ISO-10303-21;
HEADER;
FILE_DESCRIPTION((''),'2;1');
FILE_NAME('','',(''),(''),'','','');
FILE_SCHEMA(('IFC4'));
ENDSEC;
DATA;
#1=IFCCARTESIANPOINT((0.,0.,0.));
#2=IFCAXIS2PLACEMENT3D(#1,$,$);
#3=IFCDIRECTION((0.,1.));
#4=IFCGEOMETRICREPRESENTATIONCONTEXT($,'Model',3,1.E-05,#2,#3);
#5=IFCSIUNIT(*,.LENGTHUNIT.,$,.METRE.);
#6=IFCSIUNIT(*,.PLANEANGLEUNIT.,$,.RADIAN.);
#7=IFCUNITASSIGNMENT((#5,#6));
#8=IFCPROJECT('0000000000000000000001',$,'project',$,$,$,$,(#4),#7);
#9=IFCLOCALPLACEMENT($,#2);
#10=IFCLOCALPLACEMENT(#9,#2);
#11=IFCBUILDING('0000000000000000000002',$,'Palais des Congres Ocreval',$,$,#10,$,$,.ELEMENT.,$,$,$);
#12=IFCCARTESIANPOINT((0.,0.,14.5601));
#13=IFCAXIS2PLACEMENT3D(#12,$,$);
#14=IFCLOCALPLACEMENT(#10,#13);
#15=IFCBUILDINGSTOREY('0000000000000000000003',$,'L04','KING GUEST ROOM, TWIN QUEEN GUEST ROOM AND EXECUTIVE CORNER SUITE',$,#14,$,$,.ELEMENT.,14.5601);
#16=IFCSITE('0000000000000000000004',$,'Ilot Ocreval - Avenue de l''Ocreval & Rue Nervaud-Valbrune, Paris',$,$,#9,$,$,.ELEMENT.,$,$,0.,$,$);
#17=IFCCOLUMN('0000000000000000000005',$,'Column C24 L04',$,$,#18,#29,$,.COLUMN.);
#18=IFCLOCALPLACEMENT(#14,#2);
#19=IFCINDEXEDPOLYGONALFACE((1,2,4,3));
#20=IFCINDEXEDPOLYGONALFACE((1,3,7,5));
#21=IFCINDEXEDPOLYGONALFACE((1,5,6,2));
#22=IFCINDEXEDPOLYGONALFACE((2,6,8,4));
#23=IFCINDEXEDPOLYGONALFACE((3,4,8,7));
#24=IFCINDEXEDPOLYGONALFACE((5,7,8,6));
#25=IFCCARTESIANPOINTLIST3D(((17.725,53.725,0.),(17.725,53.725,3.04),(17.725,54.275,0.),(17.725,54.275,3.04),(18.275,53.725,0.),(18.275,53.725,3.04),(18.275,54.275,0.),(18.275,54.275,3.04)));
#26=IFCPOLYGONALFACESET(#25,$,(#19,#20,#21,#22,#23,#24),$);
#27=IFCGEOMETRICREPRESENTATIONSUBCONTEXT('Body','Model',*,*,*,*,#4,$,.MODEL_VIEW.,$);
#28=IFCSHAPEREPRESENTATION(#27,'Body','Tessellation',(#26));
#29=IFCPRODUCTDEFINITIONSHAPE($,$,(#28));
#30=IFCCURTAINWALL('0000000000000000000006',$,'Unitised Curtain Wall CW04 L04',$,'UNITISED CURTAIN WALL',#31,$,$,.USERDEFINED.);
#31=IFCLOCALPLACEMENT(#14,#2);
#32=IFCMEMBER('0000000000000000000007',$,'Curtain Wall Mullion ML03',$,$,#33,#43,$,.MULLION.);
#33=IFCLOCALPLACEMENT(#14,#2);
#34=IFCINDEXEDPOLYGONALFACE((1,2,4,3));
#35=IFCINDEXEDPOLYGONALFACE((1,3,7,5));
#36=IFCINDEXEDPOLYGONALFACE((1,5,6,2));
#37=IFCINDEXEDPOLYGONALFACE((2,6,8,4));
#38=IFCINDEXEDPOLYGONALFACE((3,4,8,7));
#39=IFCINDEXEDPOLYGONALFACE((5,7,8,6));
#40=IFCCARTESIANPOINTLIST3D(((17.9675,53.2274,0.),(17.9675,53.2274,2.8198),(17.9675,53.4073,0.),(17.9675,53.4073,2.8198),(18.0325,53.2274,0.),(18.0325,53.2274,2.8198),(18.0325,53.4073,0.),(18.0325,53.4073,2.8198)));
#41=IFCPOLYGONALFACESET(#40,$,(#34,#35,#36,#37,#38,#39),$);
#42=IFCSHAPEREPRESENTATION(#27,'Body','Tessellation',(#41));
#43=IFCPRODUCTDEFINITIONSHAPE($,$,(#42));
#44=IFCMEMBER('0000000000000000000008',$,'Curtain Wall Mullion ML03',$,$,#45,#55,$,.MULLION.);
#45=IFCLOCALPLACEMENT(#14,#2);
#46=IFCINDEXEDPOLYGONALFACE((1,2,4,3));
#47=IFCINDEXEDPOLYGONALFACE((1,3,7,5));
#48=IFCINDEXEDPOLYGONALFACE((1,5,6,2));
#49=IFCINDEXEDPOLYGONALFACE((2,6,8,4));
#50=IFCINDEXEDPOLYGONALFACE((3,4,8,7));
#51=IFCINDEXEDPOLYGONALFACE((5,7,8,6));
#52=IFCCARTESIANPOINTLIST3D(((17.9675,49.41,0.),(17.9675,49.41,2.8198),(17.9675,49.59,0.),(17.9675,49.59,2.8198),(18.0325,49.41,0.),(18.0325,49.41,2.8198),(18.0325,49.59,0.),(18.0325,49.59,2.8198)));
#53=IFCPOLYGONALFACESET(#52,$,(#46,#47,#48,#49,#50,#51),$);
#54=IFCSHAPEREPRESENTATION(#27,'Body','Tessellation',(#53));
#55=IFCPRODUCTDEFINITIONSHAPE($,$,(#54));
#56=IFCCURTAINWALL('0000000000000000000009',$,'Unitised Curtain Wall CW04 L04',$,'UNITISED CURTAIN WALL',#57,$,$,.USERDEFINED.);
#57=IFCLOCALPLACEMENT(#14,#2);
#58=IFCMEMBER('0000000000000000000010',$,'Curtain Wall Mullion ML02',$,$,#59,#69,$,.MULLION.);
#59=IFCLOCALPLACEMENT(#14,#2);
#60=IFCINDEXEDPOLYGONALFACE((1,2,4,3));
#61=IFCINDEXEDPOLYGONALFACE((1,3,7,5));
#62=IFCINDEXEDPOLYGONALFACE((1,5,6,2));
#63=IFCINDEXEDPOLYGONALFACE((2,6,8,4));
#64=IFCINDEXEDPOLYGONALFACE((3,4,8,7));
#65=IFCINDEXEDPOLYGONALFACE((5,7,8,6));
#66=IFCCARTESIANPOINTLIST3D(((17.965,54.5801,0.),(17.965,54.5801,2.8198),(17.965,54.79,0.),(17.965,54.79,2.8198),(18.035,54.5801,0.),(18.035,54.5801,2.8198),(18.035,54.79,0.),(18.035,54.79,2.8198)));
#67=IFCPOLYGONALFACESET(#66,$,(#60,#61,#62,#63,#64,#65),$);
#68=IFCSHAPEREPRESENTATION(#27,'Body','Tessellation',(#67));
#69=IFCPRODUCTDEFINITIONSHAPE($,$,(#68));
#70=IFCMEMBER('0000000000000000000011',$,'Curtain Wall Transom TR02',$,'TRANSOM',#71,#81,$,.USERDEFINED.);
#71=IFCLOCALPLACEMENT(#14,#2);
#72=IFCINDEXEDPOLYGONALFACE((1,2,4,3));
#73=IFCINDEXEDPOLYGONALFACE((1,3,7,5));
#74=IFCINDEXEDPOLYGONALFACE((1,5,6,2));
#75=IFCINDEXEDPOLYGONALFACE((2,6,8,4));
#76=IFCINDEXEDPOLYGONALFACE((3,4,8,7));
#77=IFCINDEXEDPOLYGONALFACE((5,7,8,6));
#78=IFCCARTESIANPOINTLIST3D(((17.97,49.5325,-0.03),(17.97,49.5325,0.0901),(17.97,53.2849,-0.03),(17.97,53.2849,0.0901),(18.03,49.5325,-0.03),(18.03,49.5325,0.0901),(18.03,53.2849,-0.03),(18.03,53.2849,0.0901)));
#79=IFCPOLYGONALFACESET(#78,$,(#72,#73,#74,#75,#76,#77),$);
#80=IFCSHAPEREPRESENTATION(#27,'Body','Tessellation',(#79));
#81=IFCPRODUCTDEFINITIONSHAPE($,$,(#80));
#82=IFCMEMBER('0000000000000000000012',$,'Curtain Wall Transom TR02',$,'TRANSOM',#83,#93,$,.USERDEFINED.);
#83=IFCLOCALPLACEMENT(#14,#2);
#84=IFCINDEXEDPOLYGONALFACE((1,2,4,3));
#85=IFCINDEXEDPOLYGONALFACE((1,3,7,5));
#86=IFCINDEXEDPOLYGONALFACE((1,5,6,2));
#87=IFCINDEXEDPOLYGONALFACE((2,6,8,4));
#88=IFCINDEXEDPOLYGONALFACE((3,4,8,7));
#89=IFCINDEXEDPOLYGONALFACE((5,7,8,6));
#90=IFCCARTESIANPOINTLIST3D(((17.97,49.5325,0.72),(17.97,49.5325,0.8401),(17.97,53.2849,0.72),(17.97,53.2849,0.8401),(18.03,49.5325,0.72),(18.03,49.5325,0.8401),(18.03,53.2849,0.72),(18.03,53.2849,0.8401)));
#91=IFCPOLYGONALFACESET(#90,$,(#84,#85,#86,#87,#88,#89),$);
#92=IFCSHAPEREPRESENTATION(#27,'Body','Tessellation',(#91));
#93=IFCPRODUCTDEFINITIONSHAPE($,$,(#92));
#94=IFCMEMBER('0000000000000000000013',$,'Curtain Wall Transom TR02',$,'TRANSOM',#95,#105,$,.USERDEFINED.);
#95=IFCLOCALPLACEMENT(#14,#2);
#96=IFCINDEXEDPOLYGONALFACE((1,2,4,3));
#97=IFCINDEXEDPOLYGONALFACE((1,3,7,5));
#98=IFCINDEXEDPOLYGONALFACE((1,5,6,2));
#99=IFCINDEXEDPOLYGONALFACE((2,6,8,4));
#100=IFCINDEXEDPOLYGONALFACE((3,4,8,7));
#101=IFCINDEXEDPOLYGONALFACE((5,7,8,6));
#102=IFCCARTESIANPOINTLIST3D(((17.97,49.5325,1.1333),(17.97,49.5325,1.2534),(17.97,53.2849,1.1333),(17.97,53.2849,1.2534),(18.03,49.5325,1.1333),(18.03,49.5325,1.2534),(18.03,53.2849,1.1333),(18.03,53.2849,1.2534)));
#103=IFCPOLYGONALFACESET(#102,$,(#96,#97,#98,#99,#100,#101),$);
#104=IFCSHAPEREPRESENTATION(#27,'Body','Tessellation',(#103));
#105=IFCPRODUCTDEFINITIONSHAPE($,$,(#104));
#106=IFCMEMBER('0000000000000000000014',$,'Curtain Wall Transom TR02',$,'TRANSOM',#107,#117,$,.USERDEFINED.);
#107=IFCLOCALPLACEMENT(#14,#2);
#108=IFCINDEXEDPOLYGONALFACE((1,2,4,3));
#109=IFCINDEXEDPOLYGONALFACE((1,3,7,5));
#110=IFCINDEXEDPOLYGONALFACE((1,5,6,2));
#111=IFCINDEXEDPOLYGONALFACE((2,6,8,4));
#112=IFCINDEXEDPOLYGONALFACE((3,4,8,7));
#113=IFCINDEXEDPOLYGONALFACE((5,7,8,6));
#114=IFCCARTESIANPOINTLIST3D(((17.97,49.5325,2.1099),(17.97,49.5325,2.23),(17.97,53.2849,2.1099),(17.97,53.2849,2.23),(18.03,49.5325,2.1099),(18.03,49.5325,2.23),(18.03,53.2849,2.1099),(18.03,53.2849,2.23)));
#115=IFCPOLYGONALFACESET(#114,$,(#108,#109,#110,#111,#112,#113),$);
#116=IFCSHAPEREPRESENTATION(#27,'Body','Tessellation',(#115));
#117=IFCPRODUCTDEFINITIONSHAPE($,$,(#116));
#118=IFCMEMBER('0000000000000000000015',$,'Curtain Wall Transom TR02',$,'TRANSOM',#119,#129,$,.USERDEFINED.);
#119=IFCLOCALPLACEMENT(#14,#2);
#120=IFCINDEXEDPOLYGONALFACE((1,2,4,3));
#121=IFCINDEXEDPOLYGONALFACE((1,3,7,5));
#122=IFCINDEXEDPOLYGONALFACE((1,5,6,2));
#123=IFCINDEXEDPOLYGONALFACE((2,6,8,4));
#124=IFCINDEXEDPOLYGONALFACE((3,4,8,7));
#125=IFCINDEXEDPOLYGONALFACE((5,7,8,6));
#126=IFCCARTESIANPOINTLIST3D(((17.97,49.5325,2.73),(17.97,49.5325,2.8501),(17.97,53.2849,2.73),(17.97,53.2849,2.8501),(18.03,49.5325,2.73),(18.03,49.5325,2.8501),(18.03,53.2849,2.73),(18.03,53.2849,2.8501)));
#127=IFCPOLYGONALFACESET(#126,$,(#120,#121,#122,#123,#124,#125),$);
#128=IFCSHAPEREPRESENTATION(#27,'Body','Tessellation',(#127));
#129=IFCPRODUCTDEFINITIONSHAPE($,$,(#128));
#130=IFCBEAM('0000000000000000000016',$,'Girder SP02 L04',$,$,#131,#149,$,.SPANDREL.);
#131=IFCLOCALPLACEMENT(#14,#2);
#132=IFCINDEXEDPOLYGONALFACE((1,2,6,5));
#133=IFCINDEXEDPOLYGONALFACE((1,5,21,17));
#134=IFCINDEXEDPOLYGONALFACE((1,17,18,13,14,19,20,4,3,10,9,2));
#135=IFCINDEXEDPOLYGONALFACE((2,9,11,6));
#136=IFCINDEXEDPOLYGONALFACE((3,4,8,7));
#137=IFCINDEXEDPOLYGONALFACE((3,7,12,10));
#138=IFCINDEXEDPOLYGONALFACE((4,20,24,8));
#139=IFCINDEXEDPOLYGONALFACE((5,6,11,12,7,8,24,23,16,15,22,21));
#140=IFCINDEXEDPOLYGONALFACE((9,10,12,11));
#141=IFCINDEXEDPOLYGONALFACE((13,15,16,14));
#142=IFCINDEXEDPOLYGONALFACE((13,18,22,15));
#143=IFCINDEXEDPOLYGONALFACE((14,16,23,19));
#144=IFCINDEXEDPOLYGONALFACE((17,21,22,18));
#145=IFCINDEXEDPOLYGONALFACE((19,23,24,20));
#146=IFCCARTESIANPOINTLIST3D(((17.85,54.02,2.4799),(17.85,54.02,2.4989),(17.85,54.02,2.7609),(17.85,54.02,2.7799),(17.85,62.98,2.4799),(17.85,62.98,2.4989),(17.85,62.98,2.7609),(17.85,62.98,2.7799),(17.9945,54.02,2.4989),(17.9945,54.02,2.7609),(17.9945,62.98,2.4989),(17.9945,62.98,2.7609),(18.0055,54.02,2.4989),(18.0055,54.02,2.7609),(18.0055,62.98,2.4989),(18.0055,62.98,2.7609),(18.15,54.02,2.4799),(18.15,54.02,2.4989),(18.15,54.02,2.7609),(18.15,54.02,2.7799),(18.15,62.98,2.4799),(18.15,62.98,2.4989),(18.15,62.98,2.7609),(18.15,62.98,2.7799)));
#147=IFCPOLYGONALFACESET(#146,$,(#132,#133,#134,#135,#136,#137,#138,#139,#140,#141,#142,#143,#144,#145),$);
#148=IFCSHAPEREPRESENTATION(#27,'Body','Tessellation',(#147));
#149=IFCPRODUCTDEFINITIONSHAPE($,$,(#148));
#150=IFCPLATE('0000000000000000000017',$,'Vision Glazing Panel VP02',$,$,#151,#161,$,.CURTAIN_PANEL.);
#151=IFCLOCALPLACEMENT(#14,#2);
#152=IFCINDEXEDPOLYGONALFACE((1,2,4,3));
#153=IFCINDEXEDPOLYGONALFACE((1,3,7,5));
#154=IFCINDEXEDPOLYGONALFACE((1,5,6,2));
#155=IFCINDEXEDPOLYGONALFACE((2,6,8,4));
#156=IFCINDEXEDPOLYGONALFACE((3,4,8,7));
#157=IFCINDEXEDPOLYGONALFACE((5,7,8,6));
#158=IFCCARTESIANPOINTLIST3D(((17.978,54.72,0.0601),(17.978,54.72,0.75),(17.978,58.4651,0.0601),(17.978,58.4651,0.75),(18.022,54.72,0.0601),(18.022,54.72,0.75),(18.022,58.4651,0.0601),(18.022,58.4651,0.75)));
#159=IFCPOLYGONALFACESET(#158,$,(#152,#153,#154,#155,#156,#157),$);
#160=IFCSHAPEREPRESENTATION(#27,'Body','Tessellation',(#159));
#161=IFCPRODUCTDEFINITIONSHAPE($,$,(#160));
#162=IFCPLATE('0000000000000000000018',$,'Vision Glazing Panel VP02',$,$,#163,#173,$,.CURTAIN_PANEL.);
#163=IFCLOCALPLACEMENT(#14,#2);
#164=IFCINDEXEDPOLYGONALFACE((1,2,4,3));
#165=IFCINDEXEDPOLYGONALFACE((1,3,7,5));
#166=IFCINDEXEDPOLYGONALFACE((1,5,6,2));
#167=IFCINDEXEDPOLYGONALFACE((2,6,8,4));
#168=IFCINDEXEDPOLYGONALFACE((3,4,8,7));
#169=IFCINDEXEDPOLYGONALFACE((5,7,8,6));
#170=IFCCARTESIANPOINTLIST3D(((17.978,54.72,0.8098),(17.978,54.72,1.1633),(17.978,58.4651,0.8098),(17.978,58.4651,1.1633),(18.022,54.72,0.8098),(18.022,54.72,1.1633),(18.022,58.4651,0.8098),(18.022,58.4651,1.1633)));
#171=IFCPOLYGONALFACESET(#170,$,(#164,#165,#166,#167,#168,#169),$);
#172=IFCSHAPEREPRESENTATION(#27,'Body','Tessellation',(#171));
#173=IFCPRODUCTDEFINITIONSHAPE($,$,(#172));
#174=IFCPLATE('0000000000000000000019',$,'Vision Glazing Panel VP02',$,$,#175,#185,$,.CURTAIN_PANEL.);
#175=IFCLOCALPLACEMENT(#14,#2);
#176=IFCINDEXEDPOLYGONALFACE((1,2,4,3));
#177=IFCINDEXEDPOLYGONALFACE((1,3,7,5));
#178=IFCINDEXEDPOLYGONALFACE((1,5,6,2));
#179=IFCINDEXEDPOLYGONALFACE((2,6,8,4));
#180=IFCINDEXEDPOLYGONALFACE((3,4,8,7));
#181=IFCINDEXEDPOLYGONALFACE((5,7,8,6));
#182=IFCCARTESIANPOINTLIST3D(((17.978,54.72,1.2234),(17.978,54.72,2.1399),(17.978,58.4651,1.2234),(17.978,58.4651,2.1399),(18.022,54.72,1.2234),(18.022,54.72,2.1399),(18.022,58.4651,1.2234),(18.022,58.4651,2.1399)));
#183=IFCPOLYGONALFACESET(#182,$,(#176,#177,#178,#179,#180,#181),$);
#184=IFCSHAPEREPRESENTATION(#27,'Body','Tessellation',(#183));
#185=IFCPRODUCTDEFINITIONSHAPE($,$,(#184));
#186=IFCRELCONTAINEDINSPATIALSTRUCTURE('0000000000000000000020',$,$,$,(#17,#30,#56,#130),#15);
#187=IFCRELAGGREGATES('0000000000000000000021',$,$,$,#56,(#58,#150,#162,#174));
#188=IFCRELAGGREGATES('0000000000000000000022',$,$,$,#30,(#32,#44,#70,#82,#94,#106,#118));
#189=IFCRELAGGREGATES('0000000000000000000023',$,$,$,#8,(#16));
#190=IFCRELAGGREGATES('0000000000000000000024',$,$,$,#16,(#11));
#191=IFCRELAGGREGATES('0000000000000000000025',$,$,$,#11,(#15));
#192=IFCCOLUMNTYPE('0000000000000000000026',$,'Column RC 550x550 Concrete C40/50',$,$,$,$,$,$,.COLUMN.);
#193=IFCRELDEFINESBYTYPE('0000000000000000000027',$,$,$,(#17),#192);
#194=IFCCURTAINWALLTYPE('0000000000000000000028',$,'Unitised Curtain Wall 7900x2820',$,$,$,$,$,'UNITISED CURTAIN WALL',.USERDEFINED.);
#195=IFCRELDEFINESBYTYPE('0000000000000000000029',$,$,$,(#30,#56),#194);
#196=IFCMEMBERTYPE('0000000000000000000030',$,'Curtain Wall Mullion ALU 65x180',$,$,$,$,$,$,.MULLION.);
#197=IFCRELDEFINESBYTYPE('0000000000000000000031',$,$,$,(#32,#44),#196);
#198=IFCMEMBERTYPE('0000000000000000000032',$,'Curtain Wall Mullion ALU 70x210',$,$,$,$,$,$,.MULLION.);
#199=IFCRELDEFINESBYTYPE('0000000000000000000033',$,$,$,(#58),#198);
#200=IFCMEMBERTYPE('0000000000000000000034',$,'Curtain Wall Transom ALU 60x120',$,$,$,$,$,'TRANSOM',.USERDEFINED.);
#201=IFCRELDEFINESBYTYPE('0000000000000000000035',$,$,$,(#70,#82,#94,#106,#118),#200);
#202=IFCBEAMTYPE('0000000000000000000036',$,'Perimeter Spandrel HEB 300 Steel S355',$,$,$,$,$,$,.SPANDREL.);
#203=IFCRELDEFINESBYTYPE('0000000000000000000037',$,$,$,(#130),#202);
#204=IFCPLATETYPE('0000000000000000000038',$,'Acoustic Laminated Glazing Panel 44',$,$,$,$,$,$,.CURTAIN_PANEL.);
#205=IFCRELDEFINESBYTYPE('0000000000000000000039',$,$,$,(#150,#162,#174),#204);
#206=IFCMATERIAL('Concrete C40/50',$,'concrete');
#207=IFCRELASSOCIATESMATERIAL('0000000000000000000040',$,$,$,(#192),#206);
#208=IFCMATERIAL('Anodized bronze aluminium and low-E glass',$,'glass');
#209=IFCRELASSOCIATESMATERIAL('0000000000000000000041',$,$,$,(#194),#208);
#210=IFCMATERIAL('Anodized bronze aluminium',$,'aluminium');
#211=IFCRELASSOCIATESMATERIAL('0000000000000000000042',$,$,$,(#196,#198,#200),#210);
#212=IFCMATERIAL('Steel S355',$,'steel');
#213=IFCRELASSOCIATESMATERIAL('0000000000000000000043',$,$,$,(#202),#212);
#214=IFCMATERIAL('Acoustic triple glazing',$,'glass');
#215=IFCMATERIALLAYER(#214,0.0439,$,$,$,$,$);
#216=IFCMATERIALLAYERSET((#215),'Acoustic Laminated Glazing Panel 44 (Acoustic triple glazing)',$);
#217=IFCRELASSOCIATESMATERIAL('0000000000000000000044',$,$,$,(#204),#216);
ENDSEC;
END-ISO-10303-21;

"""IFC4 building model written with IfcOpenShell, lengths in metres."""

from ifc_helpers import new_model, si_unit, direction, frame, origin, origin_2d, place, context, subcontext, project, spatial, rectangle, i_section, extrude, material, layer, layer_set, material_profile, profile_set, type_object, element, aggregate, save


model = new_model("IFC4")

# Units and contexts
model_context = context("Model", 3, precision=1e-05, world=origin(), true_north=direction((0.0, 1.0)))
body_context = subcontext(model_context, "Body", "Model", "MODEL_VIEW")
ifc_project = project(units=[si_unit("LENGTHUNIT", "METRE"), si_unit("PLANEANGLEUNIT", "RADIAN")], contexts=[model_context])

# Site, building, storey
site_placement = place(None, origin())
site = spatial("IfcSite", under=ifc_project, at=site_placement, Name="Ilot Ocreval - Avenue de l'Ocreval & Rue Nervaud-Valbrune, Paris", CompositionType="ELEMENT", RefElevation=0.0)
building_placement = place(site_placement, origin())
building = spatial("IfcBuilding", under=site, at=building_placement, Name="Palais des Congres Ocreval", CompositionType="ELEMENT")
storey_placement = place(building_placement, frame((0.0, 0.0, 14.5601)))
storey = spatial("IfcBuildingStorey", under=building, at=storey_placement, Name="L04", Description="KING GUEST ROOM, TWIN QUEEN GUEST ROOM AND EXECUTIVE CORNER SUITE", CompositionType="ELEMENT", Elevation=14.5601)

# Column
ifc_material_1 = material(Name="Concrete C40/50", Category="concrete")
ifc_material_profile_1 = material_profile(ifc_material_1, rectangle(XDim=0.55, YDim=0.55, at=origin_2d()), Name="RC 550x550")
ifc_profile_set_1 = profile_set([ifc_material_profile_1], Name="Concrete C40/50")
column_type = type_object("IfcColumnType", Name="Column RC 550x550 Concrete C40/50", PredefinedType="COLUMN", material=ifc_profile_set_1)
column_placement = place(storey_placement, frame((18.0, 54.0, 0.0), z_axis=(0.0, 0.0, 1.0), x_axis=(1.0, 0.0, 0.0)))
element("IfcColumn", 1, at=column_placement, inside=storey, type_object=column_type, Name="Column C24 L04", PredefinedType="COLUMN", context=body_context, shape_type="SweptSolid", body=[
    extrude(rectangle(XDim=0.55, YDim=0.55, at=origin_2d()), origin(), (0.0, 0.0, 1.0), 3.04),
])

# Curtain wall, members
ifc_material_2 = material(Name="Anodized bronze aluminium and low-E glass", Category="glass")
curtain_wall_type = type_object("IfcCurtainWallType", Name="Unitised Curtain Wall 7900x2820", ElementType="UNITISED CURTAIN WALL", PredefinedType="USERDEFINED", material=ifc_material_2)
curtain_wall_1_placement = place(storey_placement, origin())
curtain_wall_1 = element("IfcCurtainWall", 2, at=curtain_wall_1_placement, inside=storey, type_object=curtain_wall_type, Name="Unitised Curtain Wall CW04 L04", ObjectType="UNITISED CURTAIN WALL", PredefinedType="USERDEFINED")
ifc_material_3 = material(Name="Anodized bronze aluminium", Category="aluminium")
ifc_material_profile_2 = material_profile(ifc_material_3, rectangle(XDim=0.0649, YDim=0.1799, at=origin_2d()), Name="ALU 65x180")
ifc_profile_set_2 = profile_set([ifc_material_profile_2], Name="Anodized bronze aluminium")
member_type_1 = type_object("IfcMemberType", Name="Curtain Wall Mullion ALU 65x180", PredefinedType="MULLION", material=ifc_profile_set_2)
member_1_placement = place(storey_placement, frame((18.0, 53.3174, 0.0), z_axis=(0.0, 0.0, 1.0), x_axis=(1.0, 0.0, 0.0)))
member_1 = element("IfcMember", 3, at=member_1_placement, type_object=member_type_1, Name="Curtain Wall Mullion ML03", PredefinedType="MULLION", context=body_context, shape_type="SweptSolid", body=[
    extrude(rectangle(XDim=0.0649, YDim=0.1799, at=origin_2d()), origin(), (0.0, 0.0, 1.0), 2.8198),
])
member_2_placement = place(storey_placement, frame((18.0, 49.5, 0.0), z_axis=(0.0, 0.0, 1.0), x_axis=(1.0, 0.0, 0.0)))
member_2 = element("IfcMember", 4, at=member_2_placement, type_object=member_type_1, Name="Curtain Wall Mullion ML03", PredefinedType="MULLION", context=body_context, shape_type="SweptSolid", body=[
    extrude(rectangle(XDim=0.0649, YDim=0.1799, at=origin_2d()), origin(), (0.0, 0.0, 1.0), 2.8198),
])

# Curtain wall, member
curtain_wall_2_placement = place(storey_placement, origin())
curtain_wall_2 = element("IfcCurtainWall", 5, at=curtain_wall_2_placement, inside=storey, type_object=curtain_wall_type, Name="Unitised Curtain Wall CW04 L04", ObjectType="UNITISED CURTAIN WALL", PredefinedType="USERDEFINED")
ifc_material_profile_3 = material_profile(ifc_material_3, rectangle(XDim=0.0701, YDim=0.21, at=origin_2d()), Name="ALU 70x210")
ifc_profile_set_3 = profile_set([ifc_material_profile_3], Name="Anodized bronze aluminium")
member_type_2 = type_object("IfcMemberType", Name="Curtain Wall Mullion ALU 70x210", PredefinedType="MULLION", material=ifc_profile_set_3)
member_3_placement = place(storey_placement, frame((18.0, 54.6851, 0.0), z_axis=(0.0, 0.0, 1.0), x_axis=(1.0, 0.0, 0.0)))
member_3 = element("IfcMember", 6, at=member_3_placement, type_object=member_type_2, Name="Curtain Wall Mullion ML02", PredefinedType="MULLION", context=body_context, shape_type="SweptSolid", body=[
    extrude(rectangle(XDim=0.0701, YDim=0.21, at=origin_2d()), origin(), (0.0, 0.0, 1.0), 2.8198),
])

# Members
ifc_material_profile_4 = material_profile(ifc_material_3, rectangle(XDim=0.0601, YDim=0.1201, at=origin_2d()), Name="ALU 60x120")
ifc_profile_set_4 = profile_set([ifc_material_profile_4], Name="Anodized bronze aluminium")
member_type_3 = type_object("IfcMemberType", Name="Curtain Wall Transom ALU 60x120", ElementType="TRANSOM", PredefinedType="USERDEFINED", material=ifc_profile_set_4)
member_4_placement = place(storey_placement, frame((18.0, 53.2849, 0.03), z_axis=(0.0, -1.0, 0.0), x_axis=(1.0, 0.0, 0.0)))
member_4 = element("IfcMember", 7, at=member_4_placement, type_object=member_type_3, Name="Curtain Wall Transom TR02", ObjectType="TRANSOM", PredefinedType="USERDEFINED", context=body_context, shape_type="SweptSolid", body=[
    extrude(rectangle(XDim=0.0601, YDim=0.1201, at=origin_2d()), origin(), (0.0, 0.0, 1.0), 3.7524),
])
member_5_placement = place(storey_placement, frame((18.0, 53.2849, 0.78), z_axis=(0.0, -1.0, 0.0), x_axis=(1.0, 0.0, 0.0)))
member_5 = element("IfcMember", 8, at=member_5_placement, type_object=member_type_3, Name="Curtain Wall Transom TR02", ObjectType="TRANSOM", PredefinedType="USERDEFINED", context=body_context, shape_type="SweptSolid", body=[
    extrude(rectangle(XDim=0.0601, YDim=0.1201, at=origin_2d()), origin(), (0.0, 0.0, 1.0), 3.7524),
])
member_6_placement = place(storey_placement, frame((18.0, 53.2849, 1.1934), z_axis=(0.0, -1.0, 0.0), x_axis=(1.0, 0.0, 0.0)))
member_6 = element("IfcMember", 9, at=member_6_placement, type_object=member_type_3, Name="Curtain Wall Transom TR02", ObjectType="TRANSOM", PredefinedType="USERDEFINED", context=body_context, shape_type="SweptSolid", body=[
    extrude(rectangle(XDim=0.0601, YDim=0.1201, at=origin_2d()), origin(), (0.0, 0.0, 1.0), 3.7524),
])
member_7_placement = place(storey_placement, frame((18.0, 53.2849, 2.1699), z_axis=(0.0, -1.0, 0.0), x_axis=(1.0, 0.0, 0.0)))
member_7 = element("IfcMember", 10, at=member_7_placement, type_object=member_type_3, Name="Curtain Wall Transom TR02", ObjectType="TRANSOM", PredefinedType="USERDEFINED", context=body_context, shape_type="SweptSolid", body=[
    extrude(rectangle(XDim=0.0601, YDim=0.1201, at=origin_2d()), origin(), (0.0, 0.0, 1.0), 3.7524),
])
member_8_placement = place(storey_placement, frame((18.0, 53.2849, 2.79), z_axis=(0.0, -1.0, 0.0), x_axis=(1.0, 0.0, 0.0)))
member_8 = element("IfcMember", 11, at=member_8_placement, type_object=member_type_3, Name="Curtain Wall Transom TR02", ObjectType="TRANSOM", PredefinedType="USERDEFINED", context=body_context, shape_type="SweptSolid", body=[
    extrude(rectangle(XDim=0.0601, YDim=0.1201, at=origin_2d()), origin(), (0.0, 0.0, 1.0), 3.7524),
])

# Beam
ifc_material_4 = material(Name="Steel S355", Category="steel")
ifc_material_profile_5 = material_profile(ifc_material_4, i_section(OverallWidth=0.3, OverallDepth=0.3, WebThickness=0.011, FlangeThickness=0.019, at=origin_2d()), Name="HEB 300")
ifc_profile_set_5 = profile_set([ifc_material_profile_5], Name="Steel S355")
beam_type = type_object("IfcBeamType", Name="Perimeter Spandrel HEB 300 Steel S355", PredefinedType="SPANDREL", material=ifc_profile_set_5)
beam_placement = place(storey_placement, frame((18.0, 54.02, 2.6299), z_axis=(0.0, 1.0, 0.0), x_axis=(-1.0, 0.0, 0.0)))
element("IfcBeam", 12, at=beam_placement, inside=storey, type_object=beam_type, Name="Girder SP02 L04", PredefinedType="SPANDREL", context=body_context, shape_type="SweptSolid", body=[
    extrude(i_section(OverallWidth=0.3, OverallDepth=0.3, WebThickness=0.011, FlangeThickness=0.019, at=origin_2d()), origin(), (0.0, 0.0, 1.0), 8.96),
])

# Plates
ifc_material_5 = material(Name="Acoustic triple glazing", Category="glass")
ifc_layer_1 = layer(ifc_material_5, 0.0439)
ifc_layer_set_1 = layer_set([ifc_layer_1], Name="Acoustic Laminated Glazing Panel 44 (Acoustic triple glazing)")
plate_type_1 = type_object("IfcPlateType", Name="Acoustic Laminated Glazing Panel 44", PredefinedType="CURTAIN_PANEL", material=ifc_layer_set_1)
plate_1_placement = place(storey_placement, frame((18.0, 56.5925, 0.0601), z_axis=(0.0, 0.0, 1.0), x_axis=(0.0, -1.0, 0.0)))
plate_1 = element("IfcPlate", 13, at=plate_1_placement, type_object=plate_type_1, Name="Vision Glazing Panel VP02", PredefinedType="CURTAIN_PANEL", context=body_context, shape_type="SweptSolid", body=[
    extrude(rectangle(XDim=3.7451, YDim=0.0439, at=origin_2d()), origin(), (0.0, 0.0, 1.0), 0.6899),
])
plate_2_placement = place(storey_placement, frame((18.0, 56.5925, 0.8098), z_axis=(0.0, 0.0, 1.0), x_axis=(0.0, -1.0, 0.0)))
plate_2 = element("IfcPlate", 14, at=plate_2_placement, type_object=plate_type_1, Name="Vision Glazing Panel VP02", PredefinedType="CURTAIN_PANEL", context=body_context, shape_type="SweptSolid", body=[
    extrude(rectangle(XDim=3.7451, YDim=0.0439, at=origin_2d()), origin(), (0.0, 0.0, 1.0), 0.3535),
])
plate_3_placement = place(storey_placement, frame((18.0, 56.5925, 1.2234), z_axis=(0.0, 0.0, 1.0), x_axis=(0.0, -1.0, 0.0)))
plate_3 = element("IfcPlate", 15, at=plate_3_placement, type_object=plate_type_1, Name="Vision Glazing Panel VP02", PredefinedType="CURTAIN_PANEL", context=body_context, shape_type="SweptSolid", body=[
    extrude(rectangle(XDim=3.7451, YDim=0.0439, at=origin_2d()), origin(), (0.0, 0.0, 1.0), 0.9165),
])
aggregate(curtain_wall_2, [member_3, plate_1, plate_2, plate_3])
aggregate(curtain_wall_1, [member_1, member_2, member_4, member_5, member_6, member_7, member_8])

save(model, "model.ifc")
